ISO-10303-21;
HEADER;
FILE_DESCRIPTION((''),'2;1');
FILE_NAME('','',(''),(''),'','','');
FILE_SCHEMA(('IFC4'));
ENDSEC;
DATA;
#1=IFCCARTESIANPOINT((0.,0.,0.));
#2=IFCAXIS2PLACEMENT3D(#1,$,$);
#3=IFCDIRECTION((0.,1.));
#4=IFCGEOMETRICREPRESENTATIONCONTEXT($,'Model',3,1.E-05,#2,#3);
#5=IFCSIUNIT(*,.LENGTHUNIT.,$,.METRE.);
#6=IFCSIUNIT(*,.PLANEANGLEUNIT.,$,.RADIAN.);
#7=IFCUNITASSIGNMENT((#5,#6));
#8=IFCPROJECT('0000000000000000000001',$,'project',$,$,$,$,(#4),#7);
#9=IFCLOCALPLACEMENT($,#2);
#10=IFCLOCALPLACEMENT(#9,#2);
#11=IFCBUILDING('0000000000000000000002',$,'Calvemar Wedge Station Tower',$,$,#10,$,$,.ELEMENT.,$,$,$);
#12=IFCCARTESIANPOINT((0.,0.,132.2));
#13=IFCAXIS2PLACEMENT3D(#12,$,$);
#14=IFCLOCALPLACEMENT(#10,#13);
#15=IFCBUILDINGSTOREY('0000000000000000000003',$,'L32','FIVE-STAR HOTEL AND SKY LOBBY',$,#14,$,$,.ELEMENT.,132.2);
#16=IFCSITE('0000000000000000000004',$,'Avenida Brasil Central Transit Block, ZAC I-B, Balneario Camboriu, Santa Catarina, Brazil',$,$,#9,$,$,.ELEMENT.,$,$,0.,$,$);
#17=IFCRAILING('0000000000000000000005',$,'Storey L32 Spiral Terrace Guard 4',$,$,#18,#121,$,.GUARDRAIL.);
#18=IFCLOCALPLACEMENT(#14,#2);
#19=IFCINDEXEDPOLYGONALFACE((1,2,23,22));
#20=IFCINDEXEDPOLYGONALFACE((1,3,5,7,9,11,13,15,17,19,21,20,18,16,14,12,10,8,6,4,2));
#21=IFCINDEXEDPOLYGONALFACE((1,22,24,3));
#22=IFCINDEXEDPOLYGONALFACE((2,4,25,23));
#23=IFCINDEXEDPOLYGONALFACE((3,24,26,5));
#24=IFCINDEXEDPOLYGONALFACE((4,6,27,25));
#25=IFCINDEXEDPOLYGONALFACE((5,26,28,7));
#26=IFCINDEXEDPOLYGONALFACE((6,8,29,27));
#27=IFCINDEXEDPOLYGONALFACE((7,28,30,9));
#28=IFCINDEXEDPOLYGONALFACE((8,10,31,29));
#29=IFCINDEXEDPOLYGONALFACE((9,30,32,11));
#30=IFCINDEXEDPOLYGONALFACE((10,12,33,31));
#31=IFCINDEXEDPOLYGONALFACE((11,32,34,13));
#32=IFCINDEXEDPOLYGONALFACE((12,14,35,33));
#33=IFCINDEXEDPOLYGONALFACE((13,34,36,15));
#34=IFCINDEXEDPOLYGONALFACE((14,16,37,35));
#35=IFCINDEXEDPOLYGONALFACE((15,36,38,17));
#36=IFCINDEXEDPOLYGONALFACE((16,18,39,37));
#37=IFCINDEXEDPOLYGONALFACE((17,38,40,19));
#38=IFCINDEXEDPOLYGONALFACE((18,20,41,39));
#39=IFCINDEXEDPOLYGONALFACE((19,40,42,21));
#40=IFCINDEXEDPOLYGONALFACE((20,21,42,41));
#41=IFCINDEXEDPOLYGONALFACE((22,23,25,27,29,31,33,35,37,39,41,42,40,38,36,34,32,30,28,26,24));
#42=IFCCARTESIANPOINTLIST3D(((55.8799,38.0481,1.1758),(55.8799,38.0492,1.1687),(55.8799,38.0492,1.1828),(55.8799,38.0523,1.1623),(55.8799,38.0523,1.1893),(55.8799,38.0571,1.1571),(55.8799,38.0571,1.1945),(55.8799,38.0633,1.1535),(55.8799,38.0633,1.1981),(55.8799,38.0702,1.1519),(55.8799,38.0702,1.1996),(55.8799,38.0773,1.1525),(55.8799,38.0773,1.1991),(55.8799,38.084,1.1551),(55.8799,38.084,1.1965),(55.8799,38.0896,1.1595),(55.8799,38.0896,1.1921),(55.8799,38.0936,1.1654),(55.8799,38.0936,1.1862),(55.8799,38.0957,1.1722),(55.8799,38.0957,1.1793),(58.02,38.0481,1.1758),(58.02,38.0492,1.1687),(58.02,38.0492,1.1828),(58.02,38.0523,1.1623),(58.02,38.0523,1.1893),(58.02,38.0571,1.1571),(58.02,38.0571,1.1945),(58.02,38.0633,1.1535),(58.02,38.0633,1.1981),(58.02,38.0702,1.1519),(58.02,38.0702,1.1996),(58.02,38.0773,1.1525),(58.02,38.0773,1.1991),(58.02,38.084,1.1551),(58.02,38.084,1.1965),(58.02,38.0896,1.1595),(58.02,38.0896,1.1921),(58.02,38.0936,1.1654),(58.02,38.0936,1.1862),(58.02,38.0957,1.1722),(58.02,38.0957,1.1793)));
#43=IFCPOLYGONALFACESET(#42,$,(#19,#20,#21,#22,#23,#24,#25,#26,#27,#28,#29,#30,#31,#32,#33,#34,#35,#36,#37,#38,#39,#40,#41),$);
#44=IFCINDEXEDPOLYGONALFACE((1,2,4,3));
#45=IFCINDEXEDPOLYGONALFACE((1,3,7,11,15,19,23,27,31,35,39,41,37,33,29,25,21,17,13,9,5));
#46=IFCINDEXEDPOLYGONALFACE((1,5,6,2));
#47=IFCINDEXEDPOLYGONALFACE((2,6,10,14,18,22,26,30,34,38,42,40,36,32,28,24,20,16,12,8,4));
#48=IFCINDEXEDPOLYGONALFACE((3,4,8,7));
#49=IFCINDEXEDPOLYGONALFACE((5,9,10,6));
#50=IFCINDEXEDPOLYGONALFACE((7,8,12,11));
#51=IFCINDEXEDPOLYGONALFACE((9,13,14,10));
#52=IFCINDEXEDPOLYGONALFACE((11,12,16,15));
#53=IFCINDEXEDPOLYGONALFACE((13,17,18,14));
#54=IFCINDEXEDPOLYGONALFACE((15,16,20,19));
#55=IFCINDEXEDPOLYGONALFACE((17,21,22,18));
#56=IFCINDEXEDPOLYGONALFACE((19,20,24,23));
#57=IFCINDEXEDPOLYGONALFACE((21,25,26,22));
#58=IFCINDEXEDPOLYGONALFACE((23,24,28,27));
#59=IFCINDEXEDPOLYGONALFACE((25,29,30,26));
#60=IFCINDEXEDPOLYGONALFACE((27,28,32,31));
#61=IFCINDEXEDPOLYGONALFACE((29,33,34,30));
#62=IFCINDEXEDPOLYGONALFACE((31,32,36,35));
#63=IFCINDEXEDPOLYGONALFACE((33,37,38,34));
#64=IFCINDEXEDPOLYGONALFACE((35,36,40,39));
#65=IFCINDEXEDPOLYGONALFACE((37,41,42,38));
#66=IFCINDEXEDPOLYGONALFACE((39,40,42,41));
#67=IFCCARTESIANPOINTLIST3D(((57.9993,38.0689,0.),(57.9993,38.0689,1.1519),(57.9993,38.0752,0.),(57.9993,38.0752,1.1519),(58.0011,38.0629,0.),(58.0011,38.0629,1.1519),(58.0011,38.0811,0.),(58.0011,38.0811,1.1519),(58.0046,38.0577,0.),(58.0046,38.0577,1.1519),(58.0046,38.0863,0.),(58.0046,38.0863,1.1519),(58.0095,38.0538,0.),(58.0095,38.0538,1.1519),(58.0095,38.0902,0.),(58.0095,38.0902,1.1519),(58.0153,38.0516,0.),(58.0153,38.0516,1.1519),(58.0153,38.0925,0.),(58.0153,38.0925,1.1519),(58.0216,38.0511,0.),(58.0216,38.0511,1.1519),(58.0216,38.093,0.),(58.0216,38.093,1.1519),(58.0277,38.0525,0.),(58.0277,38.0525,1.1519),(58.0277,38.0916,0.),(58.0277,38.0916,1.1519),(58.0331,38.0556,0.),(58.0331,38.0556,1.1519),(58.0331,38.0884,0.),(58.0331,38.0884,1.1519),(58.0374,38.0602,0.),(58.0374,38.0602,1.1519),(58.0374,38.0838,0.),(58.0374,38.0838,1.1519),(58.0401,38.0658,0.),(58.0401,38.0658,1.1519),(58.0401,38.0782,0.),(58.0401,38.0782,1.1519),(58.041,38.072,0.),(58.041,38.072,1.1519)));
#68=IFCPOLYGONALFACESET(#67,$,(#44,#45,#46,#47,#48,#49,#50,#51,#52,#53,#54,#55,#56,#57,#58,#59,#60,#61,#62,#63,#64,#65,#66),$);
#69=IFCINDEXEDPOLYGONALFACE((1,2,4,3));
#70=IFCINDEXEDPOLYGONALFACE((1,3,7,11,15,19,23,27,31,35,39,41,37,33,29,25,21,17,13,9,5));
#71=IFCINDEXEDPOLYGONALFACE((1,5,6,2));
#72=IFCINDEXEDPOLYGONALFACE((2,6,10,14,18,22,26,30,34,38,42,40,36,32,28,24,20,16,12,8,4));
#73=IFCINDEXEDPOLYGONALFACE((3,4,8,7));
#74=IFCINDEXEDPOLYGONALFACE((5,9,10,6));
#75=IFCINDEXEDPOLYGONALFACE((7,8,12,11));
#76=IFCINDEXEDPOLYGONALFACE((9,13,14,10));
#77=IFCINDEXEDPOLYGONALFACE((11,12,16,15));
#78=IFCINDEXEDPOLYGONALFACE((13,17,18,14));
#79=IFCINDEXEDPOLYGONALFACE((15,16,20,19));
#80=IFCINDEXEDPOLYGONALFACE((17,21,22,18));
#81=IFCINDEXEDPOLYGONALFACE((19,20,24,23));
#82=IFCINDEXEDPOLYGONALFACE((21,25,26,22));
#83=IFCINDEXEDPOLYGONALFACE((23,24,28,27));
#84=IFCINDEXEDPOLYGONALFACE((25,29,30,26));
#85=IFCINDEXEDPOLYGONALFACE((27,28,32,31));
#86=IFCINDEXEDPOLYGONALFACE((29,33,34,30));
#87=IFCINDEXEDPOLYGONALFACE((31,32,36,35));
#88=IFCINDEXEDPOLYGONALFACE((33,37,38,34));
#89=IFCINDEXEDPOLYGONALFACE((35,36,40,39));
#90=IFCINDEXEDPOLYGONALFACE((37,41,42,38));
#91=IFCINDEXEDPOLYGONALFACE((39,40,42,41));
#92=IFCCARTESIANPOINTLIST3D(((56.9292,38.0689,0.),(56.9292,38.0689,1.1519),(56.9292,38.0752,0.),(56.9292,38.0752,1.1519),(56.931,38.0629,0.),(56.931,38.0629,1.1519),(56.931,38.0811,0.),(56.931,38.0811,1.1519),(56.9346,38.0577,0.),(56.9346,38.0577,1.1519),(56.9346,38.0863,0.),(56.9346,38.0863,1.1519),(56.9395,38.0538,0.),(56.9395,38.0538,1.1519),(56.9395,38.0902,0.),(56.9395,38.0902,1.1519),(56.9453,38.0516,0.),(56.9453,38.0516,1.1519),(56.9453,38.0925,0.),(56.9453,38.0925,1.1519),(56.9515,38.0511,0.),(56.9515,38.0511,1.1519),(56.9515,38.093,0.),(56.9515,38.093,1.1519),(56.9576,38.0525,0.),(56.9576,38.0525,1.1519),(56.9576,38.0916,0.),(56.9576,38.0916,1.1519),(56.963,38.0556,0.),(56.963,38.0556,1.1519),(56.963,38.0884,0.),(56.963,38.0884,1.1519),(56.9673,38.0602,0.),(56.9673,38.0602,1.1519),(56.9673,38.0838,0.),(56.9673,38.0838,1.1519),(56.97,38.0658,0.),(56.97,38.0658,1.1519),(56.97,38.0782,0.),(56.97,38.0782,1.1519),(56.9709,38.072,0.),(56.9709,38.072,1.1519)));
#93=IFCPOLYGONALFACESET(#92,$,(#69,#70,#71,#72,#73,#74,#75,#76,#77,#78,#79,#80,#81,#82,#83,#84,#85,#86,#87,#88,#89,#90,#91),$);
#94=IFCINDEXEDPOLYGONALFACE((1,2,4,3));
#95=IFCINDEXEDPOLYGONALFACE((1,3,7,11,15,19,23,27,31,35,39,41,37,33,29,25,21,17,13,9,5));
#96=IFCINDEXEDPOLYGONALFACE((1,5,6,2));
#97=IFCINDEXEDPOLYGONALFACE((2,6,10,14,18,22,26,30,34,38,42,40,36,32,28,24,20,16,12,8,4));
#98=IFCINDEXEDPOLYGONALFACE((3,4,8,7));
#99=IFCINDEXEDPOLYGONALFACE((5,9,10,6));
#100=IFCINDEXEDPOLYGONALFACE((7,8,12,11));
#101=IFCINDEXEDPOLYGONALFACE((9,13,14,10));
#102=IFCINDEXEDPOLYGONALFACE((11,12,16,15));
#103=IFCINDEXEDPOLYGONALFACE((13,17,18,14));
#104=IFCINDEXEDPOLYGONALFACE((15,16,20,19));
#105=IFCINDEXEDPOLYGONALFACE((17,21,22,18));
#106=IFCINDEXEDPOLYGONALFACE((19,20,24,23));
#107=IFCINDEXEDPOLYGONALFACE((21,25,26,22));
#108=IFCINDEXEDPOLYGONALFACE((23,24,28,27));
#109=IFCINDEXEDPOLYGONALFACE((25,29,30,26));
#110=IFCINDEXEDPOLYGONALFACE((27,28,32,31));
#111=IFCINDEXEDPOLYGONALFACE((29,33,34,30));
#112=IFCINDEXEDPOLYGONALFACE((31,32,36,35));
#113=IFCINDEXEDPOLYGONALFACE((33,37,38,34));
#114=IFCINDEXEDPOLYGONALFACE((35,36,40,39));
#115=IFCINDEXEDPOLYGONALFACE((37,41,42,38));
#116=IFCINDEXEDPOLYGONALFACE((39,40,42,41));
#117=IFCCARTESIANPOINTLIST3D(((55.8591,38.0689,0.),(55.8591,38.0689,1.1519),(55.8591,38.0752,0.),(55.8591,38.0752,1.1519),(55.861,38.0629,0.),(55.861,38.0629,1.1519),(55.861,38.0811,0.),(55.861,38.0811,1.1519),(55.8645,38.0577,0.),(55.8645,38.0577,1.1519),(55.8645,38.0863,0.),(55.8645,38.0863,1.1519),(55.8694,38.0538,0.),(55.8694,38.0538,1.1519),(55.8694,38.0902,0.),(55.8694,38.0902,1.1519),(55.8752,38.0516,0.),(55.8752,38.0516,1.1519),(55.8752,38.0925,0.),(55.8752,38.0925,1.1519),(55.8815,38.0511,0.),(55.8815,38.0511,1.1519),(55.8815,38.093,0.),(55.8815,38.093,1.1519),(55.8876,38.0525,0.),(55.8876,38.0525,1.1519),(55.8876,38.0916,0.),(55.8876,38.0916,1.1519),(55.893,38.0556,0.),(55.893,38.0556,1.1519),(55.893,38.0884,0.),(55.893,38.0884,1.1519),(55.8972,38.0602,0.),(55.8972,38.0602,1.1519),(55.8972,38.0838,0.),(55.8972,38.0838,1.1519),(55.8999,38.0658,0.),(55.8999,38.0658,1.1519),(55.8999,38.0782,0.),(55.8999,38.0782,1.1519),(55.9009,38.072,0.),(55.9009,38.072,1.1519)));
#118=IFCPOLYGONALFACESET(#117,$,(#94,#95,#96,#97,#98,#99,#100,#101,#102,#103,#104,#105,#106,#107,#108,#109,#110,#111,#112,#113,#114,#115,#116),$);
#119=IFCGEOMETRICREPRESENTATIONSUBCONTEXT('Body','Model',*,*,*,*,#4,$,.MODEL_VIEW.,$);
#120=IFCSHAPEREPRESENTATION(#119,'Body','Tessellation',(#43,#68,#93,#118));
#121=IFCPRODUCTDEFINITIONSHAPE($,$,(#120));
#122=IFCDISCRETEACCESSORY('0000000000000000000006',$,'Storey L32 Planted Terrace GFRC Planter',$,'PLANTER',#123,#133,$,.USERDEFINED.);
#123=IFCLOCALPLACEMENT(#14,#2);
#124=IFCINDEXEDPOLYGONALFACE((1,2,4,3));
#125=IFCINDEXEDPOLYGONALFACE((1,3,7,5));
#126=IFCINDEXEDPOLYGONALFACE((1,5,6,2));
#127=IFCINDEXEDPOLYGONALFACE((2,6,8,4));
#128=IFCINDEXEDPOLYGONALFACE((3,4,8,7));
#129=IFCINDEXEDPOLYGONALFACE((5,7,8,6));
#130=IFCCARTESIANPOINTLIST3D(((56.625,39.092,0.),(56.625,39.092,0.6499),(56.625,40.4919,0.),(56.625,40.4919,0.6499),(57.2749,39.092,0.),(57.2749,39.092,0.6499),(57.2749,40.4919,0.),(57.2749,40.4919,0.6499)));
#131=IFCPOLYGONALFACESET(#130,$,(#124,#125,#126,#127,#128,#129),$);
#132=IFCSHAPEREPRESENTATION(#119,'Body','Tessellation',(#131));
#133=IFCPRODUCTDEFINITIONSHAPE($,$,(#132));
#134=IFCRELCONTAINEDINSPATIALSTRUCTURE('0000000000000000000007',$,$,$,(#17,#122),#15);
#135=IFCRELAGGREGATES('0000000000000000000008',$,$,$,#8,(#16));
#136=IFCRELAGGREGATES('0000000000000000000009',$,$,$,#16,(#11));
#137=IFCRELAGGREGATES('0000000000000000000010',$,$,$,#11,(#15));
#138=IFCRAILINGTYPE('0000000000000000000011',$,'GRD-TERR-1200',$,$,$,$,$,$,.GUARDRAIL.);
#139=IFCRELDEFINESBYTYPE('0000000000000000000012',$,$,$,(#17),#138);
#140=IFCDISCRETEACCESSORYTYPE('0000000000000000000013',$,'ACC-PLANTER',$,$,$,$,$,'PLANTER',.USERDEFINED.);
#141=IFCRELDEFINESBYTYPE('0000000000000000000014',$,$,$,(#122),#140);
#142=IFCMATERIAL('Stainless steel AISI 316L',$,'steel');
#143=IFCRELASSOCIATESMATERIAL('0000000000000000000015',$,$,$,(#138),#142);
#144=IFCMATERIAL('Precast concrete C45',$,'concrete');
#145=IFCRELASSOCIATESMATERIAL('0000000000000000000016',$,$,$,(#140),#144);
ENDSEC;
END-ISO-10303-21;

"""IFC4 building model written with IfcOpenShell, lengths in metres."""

from ifc_helpers import new_model, si_unit, direction, frame, origin, origin_2d, place, context, subcontext, project, spatial, rectangle, circle, extrude, source, transform, mapped, material, type_object, element, save


model = new_model("IFC4")

# Units and contexts
model_context = context("Model", 3, precision=1e-05, world=origin(), true_north=direction((0.0, 1.0)))
body_context = subcontext(model_context, "Body", "Model", "MODEL_VIEW")
ifc_project = project(units=[si_unit("LENGTHUNIT", "METRE"), si_unit("PLANEANGLEUNIT", "RADIAN")], contexts=[model_context])

# Site, building, storey
site_placement = place(None, origin())
site = spatial("IfcSite", under=ifc_project, at=site_placement, Name="Avenida Brasil Central Transit Block, ZAC I-B, Balneario Camboriu, Santa Catarina, Brazil", CompositionType="ELEMENT", RefElevation=0.0)
building_placement = place(site_placement, origin())
building = spatial("IfcBuilding", under=site, at=building_placement, Name="Calvemar Wedge Station Tower", CompositionType="ELEMENT")
storey_placement = place(building_placement, frame((0.0, 0.0, 132.2)))
storey = spatial("IfcBuildingStorey", under=building, at=storey_placement, Name="L32", Description="FIVE-STAR HOTEL AND SKY LOBBY", CompositionType="ELEMENT", Elevation=132.2)

# Shared definitions
ifc_material_1 = material(Name="Precast concrete C45", Category="concrete")

# Railing
ifc_material_2 = material(Name="Stainless steel AISI 316L", Category="steel")
railing_type = type_object("IfcRailingType", Name="GRD-TERR-1200", PredefinedType="GUARDRAIL", material=ifc_material_2)
railing_1_placement = place(storey_placement, frame((58.02, 38.072, 0.0)))
element("IfcRailing", 1, at=railing_1_placement, inside=storey, type_object=railing_type, Name="Storey L32 Spiral Terrace Guard 4", PredefinedType="GUARDRAIL", context=body_context, shape_type="SweptSolid", body=[
    extrude(circle(Radius=0.0239, at=origin_2d()), frame((0.0, 0.0, 1.1758), z_axis=(-1.0, 0.0, 0.0), x_axis=(0.0, -1.0, 0.0)), (0.0, 0.0, 1.0), 2.1401),
    extrude(circle(Radius=0.021, at=origin_2d()), origin(), (0.0, 0.0, 1.0), 1.1519),
    extrude(circle(Radius=0.021, at=origin_2d()), frame((-1.0701, 0.0, 0.0)), (0.0, 0.0, 1.0), 1.1519),
    extrude(circle(Radius=0.021, at=origin_2d()), frame((-2.1401, 0.0, 0.0)), (0.0, 0.0, 1.0), 1.1519),
])

# Discrete accessory
discrete_accessory_type = type_object("IfcDiscreteAccessoryType", Name="ACC-PLANTER", ElementType="PLANTER", PredefinedType="USERDEFINED", material=ifc_material_1)
shared_shape_1 = source(origin(), body_context, "Body", "SweptSolid", [
    extrude(rectangle(XDim=0.6499, YDim=1.3999, at=origin_2d()), origin(), (0.0, 0.0, 1.0), 0.6499),
])
discrete_accessory_placement = place(storey_placement, frame((56.95, 39.792, 0.0), z_axis=(0.0, 0.0, 1.0), x_axis=(1.0, 0.0, 0.0)))
element("IfcDiscreteAccessory", 2, at=discrete_accessory_placement, inside=storey, type_object=discrete_accessory_type, Name="Storey L32 Planted Terrace GFRC Planter", ObjectType="PLANTER", PredefinedType="USERDEFINED", context=body_context, shape_type="MappedRepresentation", body=[
    mapped(shared_shape_1, transform((0.0, 0.0, 0.0), scale=1.0)),
])

save(model, "model.ifc")
